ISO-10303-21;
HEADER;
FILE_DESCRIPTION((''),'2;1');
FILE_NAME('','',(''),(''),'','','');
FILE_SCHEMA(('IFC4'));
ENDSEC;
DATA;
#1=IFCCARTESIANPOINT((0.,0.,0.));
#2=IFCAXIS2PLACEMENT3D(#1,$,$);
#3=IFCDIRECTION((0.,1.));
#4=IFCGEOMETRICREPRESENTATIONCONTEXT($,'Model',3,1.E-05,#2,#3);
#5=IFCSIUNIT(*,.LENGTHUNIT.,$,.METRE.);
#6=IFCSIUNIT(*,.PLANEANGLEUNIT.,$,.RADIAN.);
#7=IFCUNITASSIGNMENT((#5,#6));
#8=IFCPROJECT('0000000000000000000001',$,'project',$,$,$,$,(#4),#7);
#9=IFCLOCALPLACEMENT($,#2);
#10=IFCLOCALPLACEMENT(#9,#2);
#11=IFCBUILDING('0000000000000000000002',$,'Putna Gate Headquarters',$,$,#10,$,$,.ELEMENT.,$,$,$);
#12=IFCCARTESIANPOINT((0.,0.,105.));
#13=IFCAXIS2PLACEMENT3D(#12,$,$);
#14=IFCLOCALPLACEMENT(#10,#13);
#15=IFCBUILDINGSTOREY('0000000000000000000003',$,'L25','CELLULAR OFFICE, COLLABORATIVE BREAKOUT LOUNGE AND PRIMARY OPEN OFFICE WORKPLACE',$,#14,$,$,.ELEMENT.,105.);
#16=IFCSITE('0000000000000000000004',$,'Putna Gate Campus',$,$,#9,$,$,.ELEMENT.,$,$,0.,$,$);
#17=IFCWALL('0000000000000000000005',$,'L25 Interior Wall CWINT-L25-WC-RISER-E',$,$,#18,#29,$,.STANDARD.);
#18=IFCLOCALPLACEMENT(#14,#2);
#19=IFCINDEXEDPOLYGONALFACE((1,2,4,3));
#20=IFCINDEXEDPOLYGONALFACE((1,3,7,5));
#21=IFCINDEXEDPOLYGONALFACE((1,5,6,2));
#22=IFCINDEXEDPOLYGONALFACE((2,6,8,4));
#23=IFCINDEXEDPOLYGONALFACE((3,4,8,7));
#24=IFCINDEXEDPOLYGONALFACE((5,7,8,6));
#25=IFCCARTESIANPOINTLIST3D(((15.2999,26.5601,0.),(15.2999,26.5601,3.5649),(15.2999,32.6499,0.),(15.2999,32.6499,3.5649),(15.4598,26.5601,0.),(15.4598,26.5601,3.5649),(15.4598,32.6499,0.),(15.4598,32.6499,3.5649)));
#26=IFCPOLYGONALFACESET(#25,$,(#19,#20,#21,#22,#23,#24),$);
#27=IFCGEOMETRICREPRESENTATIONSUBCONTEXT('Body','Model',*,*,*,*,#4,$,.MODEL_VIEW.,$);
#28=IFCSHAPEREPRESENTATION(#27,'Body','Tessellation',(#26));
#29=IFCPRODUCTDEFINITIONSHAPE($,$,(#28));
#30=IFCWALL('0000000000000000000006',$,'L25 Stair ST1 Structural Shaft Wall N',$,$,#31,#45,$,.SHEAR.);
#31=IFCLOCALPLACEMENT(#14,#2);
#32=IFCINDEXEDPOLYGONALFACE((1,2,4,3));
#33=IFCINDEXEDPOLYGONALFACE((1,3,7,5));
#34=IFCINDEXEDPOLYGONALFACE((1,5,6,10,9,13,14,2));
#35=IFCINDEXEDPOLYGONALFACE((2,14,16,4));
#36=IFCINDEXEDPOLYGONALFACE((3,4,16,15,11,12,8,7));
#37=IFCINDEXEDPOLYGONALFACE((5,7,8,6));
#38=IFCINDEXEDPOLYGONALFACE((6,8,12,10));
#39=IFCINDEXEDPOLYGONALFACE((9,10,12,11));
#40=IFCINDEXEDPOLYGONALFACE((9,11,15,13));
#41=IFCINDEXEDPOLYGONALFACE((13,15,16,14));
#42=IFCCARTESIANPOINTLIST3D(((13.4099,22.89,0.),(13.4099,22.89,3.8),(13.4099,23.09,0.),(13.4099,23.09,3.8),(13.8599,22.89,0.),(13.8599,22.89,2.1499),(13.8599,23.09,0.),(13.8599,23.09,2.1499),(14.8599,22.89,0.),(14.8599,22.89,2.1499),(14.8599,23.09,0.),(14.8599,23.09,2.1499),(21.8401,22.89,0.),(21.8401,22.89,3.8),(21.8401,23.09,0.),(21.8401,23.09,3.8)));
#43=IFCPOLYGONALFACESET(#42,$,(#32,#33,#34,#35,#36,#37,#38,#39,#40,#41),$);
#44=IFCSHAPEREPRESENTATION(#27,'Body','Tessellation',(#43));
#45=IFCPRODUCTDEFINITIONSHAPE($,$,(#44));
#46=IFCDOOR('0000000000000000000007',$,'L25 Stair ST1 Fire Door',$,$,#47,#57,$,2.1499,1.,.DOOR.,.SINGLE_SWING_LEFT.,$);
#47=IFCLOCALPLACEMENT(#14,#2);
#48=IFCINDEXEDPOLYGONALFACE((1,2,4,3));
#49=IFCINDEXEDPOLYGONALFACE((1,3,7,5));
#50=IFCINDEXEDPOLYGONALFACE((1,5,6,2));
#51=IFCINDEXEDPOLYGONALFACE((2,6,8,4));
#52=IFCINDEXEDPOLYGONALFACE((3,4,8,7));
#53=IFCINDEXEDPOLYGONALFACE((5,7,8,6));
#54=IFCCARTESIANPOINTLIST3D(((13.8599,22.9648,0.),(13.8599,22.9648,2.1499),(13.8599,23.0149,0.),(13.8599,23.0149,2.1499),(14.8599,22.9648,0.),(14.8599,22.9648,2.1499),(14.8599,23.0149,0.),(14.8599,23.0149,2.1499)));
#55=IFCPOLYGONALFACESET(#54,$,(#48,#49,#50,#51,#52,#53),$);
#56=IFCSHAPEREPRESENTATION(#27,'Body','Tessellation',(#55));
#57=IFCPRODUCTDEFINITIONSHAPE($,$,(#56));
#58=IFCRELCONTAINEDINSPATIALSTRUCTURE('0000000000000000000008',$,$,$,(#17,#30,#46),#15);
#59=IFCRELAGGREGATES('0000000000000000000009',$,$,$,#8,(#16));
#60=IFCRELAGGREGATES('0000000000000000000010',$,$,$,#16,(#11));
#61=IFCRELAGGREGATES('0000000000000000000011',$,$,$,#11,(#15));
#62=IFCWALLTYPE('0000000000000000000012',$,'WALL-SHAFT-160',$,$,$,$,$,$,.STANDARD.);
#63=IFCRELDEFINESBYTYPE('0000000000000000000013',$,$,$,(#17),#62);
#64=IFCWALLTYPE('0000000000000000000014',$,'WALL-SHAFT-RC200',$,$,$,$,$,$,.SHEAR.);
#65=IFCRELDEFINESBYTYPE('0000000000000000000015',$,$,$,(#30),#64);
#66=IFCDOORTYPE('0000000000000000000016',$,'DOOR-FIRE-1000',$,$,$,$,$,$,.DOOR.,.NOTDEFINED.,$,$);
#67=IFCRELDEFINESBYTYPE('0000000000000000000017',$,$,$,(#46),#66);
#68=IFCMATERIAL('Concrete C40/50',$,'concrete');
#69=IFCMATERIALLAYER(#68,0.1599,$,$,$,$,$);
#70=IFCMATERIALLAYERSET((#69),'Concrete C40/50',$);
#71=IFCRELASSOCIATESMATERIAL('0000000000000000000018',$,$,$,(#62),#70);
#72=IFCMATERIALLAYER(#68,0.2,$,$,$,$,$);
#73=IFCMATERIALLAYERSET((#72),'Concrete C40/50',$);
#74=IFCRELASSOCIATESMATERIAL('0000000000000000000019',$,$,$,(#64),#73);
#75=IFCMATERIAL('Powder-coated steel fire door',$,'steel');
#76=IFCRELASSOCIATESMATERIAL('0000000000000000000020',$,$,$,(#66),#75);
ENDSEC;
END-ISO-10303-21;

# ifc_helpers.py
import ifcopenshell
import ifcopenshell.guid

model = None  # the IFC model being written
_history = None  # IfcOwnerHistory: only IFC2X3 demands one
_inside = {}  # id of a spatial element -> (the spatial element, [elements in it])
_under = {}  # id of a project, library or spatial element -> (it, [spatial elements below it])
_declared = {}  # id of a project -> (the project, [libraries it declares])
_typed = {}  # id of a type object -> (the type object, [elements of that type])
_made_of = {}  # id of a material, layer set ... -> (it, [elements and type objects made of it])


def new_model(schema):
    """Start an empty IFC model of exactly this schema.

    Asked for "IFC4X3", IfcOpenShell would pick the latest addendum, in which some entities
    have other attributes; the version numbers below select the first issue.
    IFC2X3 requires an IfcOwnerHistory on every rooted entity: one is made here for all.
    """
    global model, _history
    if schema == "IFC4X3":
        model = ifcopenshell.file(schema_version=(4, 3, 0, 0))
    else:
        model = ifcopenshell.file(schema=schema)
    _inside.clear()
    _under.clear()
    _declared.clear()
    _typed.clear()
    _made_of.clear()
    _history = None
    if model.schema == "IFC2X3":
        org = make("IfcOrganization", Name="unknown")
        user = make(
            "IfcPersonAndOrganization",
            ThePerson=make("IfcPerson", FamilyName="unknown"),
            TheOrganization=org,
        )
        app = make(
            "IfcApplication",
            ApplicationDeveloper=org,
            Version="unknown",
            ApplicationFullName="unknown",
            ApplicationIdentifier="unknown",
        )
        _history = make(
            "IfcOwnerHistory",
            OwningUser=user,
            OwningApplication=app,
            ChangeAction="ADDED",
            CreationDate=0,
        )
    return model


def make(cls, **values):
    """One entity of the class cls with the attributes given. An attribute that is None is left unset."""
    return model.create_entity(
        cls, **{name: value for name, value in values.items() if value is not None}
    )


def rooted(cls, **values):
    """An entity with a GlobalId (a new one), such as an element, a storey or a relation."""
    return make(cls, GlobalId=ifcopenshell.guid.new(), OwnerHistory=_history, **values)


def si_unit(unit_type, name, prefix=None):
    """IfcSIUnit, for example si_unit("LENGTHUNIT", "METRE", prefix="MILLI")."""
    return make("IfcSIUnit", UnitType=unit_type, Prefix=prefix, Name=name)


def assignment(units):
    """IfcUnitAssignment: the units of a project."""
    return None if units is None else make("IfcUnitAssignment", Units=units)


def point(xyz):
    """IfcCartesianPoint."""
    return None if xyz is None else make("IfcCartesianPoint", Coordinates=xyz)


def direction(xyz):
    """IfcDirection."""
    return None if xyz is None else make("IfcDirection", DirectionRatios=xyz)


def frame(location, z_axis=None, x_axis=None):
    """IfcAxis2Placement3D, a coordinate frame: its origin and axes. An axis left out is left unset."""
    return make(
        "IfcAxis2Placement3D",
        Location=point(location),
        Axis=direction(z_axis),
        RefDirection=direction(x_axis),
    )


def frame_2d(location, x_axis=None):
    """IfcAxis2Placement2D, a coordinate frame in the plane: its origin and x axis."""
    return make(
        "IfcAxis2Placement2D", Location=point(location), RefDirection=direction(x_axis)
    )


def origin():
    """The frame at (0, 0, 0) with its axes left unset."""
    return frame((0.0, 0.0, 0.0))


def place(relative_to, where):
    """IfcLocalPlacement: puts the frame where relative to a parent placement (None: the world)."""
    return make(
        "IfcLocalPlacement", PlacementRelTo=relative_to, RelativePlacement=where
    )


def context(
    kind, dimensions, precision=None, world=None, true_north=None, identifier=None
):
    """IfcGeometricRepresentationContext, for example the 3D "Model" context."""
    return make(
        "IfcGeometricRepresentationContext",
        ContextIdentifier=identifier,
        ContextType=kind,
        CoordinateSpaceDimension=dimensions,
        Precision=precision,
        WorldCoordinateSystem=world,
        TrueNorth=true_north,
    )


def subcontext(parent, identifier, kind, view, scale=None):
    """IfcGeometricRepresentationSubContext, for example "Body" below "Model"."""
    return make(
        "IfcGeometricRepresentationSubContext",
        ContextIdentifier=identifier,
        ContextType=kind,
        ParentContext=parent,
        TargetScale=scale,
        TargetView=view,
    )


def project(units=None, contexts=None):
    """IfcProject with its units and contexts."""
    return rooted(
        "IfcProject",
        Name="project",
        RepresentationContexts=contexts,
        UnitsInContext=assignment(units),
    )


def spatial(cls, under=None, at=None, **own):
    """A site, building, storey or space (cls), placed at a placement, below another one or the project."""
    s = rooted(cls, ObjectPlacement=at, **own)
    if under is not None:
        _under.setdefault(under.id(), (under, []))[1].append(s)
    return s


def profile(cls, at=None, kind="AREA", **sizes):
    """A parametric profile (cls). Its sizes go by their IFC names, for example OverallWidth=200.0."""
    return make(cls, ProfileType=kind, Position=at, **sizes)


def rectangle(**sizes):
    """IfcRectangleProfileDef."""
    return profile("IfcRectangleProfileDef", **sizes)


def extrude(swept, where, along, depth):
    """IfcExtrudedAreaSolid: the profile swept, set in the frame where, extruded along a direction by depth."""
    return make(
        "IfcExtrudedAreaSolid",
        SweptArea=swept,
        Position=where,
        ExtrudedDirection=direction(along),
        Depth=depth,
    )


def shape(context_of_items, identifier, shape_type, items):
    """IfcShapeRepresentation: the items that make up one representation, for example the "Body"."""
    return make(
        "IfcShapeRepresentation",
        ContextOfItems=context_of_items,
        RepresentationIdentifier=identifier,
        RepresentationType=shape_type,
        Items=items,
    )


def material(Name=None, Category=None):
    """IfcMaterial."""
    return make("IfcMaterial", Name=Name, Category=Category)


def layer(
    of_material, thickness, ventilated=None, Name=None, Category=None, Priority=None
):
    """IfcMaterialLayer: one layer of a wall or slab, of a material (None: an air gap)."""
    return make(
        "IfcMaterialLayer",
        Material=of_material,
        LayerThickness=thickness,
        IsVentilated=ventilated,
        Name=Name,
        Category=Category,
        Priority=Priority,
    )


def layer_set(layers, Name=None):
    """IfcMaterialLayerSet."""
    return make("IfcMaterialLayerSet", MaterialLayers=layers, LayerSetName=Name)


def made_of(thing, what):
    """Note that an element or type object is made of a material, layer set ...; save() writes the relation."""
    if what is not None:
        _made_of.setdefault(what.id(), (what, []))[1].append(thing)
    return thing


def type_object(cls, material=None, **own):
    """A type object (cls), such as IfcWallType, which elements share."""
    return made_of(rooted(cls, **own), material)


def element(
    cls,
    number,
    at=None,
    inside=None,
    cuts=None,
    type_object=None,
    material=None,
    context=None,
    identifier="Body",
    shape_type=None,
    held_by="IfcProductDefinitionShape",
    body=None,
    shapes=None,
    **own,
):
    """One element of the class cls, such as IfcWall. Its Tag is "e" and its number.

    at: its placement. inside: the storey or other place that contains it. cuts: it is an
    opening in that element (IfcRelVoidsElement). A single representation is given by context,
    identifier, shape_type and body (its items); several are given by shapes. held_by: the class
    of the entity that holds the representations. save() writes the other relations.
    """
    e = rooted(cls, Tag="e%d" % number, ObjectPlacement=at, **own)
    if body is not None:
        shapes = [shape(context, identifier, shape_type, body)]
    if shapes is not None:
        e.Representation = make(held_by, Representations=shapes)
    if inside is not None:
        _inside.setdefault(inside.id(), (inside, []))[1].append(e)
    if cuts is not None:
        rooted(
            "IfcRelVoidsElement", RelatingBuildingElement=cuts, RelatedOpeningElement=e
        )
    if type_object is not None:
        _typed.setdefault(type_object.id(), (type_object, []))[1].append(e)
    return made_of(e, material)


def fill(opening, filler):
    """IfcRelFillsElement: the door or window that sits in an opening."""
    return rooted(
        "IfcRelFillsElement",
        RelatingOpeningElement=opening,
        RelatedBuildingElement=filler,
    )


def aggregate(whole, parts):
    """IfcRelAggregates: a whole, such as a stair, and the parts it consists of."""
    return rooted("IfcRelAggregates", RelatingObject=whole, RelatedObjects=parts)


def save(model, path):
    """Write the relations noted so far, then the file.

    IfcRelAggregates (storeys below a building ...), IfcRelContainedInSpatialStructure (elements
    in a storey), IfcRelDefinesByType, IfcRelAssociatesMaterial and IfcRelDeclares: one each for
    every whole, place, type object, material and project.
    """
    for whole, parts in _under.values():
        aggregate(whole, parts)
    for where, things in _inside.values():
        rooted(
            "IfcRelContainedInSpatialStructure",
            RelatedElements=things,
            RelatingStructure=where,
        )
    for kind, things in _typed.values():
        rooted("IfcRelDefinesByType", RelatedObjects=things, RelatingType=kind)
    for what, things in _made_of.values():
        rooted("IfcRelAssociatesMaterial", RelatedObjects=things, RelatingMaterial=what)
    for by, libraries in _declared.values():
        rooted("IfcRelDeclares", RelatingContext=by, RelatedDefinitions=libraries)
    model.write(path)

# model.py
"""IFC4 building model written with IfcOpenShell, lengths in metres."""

from ifc_helpers import new_model, si_unit, direction, frame, frame_2d, origin, place, context, subcontext, project, spatial, rectangle, extrude, material, layer, layer_set, type_object, element, fill, save


model = new_model("IFC4")

# Units and contexts
model_context = context("Model", 3, precision=1e-05, world=origin(), true_north=direction((0.0, 1.0)))
body_context = subcontext(model_context, "Body", "Model", "MODEL_VIEW")
ifc_project = project(units=[si_unit("LENGTHUNIT", "METRE"), si_unit("PLANEANGLEUNIT", "RADIAN")], contexts=[model_context])

# Site, building, storey
site_placement = place(None, origin())
site = spatial("IfcSite", under=ifc_project, at=site_placement, Name="Putna Gate Campus", CompositionType="ELEMENT", RefElevation=0.0)
building_placement = place(site_placement, origin())
building = spatial("IfcBuilding", under=site, at=building_placement, Name="Putna Gate Headquarters", CompositionType="ELEMENT")
storey_placement = place(building_placement, frame((0.0, 0.0, 105.0)))
storey = spatial("IfcBuildingStorey", under=building, at=storey_placement, Name="L25", Description="CELLULAR OFFICE, COLLABORATIVE BREAKOUT LOUNGE AND PRIMARY OPEN OFFICE WORKPLACE", CompositionType="ELEMENT", Elevation=105.0)

# Wall
ifc_material_1 = material(Name="Concrete C40/50", Category="concrete")
ifc_layer_1 = layer(ifc_material_1, 0.1599)
ifc_layer_set_1 = layer_set([ifc_layer_1], Name="Concrete C40/50")
wall_type_1 = type_object("IfcWallType", Name="WALL-SHAFT-160", PredefinedType="STANDARD", material=ifc_layer_set_1)
wall_1_placement = place(storey_placement, frame((15.3799, 26.5601, 0.0), z_axis=(0.0, 0.0, 1.0), x_axis=(0.0, 1.0, 0.0)))
element("IfcWall", 1, at=wall_1_placement, inside=storey, type_object=wall_type_1, Name="L25 Interior Wall CWINT-L25-WC-RISER-E", PredefinedType="STANDARD", context=body_context, shape_type="SweptSolid", body=[
    extrude(rectangle(XDim=6.0898, YDim=0.1599, at=frame_2d((3.0449, 0.0))), origin(), (0.0, 0.0, 1.0), 3.5649),
])

# Wall, opening, door
ifc_layer_2 = layer(ifc_material_1, 0.2)
ifc_layer_set_2 = layer_set([ifc_layer_2], Name="Concrete C40/50")
wall_type_2 = type_object("IfcWallType", Name="WALL-SHAFT-RC200", PredefinedType="SHEAR", material=ifc_layer_set_2)
wall_2_placement = place(storey_placement, frame((13.4099, 22.99, 0.0), z_axis=(0.0, 0.0, 1.0), x_axis=(1.0, 0.0, 0.0)))
wall_2 = element("IfcWall", 2, at=wall_2_placement, inside=storey, type_object=wall_type_2, Name="L25 Stair ST1 Structural Shaft Wall N", PredefinedType="SHEAR", context=body_context, shape_type="SweptSolid", body=[
    extrude(rectangle(XDim=8.4302, YDim=0.2, at=frame_2d((4.2151, 0.0))), origin(), (0.0, 0.0, 1.0), 3.8),
])
opening_1_placement = place(wall_2_placement, frame((0.45, 0.0, 0.0)))
opening_1 = element("IfcOpeningElement", 3, at=opening_1_placement, cuts=wall_2, PredefinedType="OPENING", context=body_context, shape_type="SweptSolid", body=[
    extrude(rectangle(XDim=1.0, YDim=2.1499, at=frame_2d((0.5, 1.075))), frame((0.0, 0.1099, 0.0), z_axis=(0.0, -1.0, 0.0), x_axis=(1.0, 0.0, 0.0)), (0.0, 0.0, 1.0), 0.22),
])
ifc_material_2 = material(Name="Powder-coated steel fire door", Category="steel")
door_type_1 = type_object("IfcDoorType", Name="DOOR-FIRE-1000", OperationType="NOTDEFINED", PredefinedType="DOOR", material=ifc_material_2)
door_1_placement = place(opening_1_placement, origin())
door_1 = element("IfcDoor", 4, at=door_1_placement, inside=storey, type_object=door_type_1, Name="L25 Stair ST1 Fire Door", OperationType="SINGLE_SWING_LEFT", OverallHeight=2.1499, OverallWidth=1.0, PredefinedType="DOOR", context=body_context, shape_type="SweptSolid", body=[
    extrude(rectangle(XDim=1.0, YDim=2.1499, at=frame_2d((0.5, 1.075))), frame((0.0, 0.0249, 0.0), z_axis=(0.0, -1.0, 0.0), x_axis=(1.0, 0.0, 0.0)), (0.0, 0.0, 1.0), 0.05),
])
fill(opening_1, door_1)

save(model, "model.ifc")
